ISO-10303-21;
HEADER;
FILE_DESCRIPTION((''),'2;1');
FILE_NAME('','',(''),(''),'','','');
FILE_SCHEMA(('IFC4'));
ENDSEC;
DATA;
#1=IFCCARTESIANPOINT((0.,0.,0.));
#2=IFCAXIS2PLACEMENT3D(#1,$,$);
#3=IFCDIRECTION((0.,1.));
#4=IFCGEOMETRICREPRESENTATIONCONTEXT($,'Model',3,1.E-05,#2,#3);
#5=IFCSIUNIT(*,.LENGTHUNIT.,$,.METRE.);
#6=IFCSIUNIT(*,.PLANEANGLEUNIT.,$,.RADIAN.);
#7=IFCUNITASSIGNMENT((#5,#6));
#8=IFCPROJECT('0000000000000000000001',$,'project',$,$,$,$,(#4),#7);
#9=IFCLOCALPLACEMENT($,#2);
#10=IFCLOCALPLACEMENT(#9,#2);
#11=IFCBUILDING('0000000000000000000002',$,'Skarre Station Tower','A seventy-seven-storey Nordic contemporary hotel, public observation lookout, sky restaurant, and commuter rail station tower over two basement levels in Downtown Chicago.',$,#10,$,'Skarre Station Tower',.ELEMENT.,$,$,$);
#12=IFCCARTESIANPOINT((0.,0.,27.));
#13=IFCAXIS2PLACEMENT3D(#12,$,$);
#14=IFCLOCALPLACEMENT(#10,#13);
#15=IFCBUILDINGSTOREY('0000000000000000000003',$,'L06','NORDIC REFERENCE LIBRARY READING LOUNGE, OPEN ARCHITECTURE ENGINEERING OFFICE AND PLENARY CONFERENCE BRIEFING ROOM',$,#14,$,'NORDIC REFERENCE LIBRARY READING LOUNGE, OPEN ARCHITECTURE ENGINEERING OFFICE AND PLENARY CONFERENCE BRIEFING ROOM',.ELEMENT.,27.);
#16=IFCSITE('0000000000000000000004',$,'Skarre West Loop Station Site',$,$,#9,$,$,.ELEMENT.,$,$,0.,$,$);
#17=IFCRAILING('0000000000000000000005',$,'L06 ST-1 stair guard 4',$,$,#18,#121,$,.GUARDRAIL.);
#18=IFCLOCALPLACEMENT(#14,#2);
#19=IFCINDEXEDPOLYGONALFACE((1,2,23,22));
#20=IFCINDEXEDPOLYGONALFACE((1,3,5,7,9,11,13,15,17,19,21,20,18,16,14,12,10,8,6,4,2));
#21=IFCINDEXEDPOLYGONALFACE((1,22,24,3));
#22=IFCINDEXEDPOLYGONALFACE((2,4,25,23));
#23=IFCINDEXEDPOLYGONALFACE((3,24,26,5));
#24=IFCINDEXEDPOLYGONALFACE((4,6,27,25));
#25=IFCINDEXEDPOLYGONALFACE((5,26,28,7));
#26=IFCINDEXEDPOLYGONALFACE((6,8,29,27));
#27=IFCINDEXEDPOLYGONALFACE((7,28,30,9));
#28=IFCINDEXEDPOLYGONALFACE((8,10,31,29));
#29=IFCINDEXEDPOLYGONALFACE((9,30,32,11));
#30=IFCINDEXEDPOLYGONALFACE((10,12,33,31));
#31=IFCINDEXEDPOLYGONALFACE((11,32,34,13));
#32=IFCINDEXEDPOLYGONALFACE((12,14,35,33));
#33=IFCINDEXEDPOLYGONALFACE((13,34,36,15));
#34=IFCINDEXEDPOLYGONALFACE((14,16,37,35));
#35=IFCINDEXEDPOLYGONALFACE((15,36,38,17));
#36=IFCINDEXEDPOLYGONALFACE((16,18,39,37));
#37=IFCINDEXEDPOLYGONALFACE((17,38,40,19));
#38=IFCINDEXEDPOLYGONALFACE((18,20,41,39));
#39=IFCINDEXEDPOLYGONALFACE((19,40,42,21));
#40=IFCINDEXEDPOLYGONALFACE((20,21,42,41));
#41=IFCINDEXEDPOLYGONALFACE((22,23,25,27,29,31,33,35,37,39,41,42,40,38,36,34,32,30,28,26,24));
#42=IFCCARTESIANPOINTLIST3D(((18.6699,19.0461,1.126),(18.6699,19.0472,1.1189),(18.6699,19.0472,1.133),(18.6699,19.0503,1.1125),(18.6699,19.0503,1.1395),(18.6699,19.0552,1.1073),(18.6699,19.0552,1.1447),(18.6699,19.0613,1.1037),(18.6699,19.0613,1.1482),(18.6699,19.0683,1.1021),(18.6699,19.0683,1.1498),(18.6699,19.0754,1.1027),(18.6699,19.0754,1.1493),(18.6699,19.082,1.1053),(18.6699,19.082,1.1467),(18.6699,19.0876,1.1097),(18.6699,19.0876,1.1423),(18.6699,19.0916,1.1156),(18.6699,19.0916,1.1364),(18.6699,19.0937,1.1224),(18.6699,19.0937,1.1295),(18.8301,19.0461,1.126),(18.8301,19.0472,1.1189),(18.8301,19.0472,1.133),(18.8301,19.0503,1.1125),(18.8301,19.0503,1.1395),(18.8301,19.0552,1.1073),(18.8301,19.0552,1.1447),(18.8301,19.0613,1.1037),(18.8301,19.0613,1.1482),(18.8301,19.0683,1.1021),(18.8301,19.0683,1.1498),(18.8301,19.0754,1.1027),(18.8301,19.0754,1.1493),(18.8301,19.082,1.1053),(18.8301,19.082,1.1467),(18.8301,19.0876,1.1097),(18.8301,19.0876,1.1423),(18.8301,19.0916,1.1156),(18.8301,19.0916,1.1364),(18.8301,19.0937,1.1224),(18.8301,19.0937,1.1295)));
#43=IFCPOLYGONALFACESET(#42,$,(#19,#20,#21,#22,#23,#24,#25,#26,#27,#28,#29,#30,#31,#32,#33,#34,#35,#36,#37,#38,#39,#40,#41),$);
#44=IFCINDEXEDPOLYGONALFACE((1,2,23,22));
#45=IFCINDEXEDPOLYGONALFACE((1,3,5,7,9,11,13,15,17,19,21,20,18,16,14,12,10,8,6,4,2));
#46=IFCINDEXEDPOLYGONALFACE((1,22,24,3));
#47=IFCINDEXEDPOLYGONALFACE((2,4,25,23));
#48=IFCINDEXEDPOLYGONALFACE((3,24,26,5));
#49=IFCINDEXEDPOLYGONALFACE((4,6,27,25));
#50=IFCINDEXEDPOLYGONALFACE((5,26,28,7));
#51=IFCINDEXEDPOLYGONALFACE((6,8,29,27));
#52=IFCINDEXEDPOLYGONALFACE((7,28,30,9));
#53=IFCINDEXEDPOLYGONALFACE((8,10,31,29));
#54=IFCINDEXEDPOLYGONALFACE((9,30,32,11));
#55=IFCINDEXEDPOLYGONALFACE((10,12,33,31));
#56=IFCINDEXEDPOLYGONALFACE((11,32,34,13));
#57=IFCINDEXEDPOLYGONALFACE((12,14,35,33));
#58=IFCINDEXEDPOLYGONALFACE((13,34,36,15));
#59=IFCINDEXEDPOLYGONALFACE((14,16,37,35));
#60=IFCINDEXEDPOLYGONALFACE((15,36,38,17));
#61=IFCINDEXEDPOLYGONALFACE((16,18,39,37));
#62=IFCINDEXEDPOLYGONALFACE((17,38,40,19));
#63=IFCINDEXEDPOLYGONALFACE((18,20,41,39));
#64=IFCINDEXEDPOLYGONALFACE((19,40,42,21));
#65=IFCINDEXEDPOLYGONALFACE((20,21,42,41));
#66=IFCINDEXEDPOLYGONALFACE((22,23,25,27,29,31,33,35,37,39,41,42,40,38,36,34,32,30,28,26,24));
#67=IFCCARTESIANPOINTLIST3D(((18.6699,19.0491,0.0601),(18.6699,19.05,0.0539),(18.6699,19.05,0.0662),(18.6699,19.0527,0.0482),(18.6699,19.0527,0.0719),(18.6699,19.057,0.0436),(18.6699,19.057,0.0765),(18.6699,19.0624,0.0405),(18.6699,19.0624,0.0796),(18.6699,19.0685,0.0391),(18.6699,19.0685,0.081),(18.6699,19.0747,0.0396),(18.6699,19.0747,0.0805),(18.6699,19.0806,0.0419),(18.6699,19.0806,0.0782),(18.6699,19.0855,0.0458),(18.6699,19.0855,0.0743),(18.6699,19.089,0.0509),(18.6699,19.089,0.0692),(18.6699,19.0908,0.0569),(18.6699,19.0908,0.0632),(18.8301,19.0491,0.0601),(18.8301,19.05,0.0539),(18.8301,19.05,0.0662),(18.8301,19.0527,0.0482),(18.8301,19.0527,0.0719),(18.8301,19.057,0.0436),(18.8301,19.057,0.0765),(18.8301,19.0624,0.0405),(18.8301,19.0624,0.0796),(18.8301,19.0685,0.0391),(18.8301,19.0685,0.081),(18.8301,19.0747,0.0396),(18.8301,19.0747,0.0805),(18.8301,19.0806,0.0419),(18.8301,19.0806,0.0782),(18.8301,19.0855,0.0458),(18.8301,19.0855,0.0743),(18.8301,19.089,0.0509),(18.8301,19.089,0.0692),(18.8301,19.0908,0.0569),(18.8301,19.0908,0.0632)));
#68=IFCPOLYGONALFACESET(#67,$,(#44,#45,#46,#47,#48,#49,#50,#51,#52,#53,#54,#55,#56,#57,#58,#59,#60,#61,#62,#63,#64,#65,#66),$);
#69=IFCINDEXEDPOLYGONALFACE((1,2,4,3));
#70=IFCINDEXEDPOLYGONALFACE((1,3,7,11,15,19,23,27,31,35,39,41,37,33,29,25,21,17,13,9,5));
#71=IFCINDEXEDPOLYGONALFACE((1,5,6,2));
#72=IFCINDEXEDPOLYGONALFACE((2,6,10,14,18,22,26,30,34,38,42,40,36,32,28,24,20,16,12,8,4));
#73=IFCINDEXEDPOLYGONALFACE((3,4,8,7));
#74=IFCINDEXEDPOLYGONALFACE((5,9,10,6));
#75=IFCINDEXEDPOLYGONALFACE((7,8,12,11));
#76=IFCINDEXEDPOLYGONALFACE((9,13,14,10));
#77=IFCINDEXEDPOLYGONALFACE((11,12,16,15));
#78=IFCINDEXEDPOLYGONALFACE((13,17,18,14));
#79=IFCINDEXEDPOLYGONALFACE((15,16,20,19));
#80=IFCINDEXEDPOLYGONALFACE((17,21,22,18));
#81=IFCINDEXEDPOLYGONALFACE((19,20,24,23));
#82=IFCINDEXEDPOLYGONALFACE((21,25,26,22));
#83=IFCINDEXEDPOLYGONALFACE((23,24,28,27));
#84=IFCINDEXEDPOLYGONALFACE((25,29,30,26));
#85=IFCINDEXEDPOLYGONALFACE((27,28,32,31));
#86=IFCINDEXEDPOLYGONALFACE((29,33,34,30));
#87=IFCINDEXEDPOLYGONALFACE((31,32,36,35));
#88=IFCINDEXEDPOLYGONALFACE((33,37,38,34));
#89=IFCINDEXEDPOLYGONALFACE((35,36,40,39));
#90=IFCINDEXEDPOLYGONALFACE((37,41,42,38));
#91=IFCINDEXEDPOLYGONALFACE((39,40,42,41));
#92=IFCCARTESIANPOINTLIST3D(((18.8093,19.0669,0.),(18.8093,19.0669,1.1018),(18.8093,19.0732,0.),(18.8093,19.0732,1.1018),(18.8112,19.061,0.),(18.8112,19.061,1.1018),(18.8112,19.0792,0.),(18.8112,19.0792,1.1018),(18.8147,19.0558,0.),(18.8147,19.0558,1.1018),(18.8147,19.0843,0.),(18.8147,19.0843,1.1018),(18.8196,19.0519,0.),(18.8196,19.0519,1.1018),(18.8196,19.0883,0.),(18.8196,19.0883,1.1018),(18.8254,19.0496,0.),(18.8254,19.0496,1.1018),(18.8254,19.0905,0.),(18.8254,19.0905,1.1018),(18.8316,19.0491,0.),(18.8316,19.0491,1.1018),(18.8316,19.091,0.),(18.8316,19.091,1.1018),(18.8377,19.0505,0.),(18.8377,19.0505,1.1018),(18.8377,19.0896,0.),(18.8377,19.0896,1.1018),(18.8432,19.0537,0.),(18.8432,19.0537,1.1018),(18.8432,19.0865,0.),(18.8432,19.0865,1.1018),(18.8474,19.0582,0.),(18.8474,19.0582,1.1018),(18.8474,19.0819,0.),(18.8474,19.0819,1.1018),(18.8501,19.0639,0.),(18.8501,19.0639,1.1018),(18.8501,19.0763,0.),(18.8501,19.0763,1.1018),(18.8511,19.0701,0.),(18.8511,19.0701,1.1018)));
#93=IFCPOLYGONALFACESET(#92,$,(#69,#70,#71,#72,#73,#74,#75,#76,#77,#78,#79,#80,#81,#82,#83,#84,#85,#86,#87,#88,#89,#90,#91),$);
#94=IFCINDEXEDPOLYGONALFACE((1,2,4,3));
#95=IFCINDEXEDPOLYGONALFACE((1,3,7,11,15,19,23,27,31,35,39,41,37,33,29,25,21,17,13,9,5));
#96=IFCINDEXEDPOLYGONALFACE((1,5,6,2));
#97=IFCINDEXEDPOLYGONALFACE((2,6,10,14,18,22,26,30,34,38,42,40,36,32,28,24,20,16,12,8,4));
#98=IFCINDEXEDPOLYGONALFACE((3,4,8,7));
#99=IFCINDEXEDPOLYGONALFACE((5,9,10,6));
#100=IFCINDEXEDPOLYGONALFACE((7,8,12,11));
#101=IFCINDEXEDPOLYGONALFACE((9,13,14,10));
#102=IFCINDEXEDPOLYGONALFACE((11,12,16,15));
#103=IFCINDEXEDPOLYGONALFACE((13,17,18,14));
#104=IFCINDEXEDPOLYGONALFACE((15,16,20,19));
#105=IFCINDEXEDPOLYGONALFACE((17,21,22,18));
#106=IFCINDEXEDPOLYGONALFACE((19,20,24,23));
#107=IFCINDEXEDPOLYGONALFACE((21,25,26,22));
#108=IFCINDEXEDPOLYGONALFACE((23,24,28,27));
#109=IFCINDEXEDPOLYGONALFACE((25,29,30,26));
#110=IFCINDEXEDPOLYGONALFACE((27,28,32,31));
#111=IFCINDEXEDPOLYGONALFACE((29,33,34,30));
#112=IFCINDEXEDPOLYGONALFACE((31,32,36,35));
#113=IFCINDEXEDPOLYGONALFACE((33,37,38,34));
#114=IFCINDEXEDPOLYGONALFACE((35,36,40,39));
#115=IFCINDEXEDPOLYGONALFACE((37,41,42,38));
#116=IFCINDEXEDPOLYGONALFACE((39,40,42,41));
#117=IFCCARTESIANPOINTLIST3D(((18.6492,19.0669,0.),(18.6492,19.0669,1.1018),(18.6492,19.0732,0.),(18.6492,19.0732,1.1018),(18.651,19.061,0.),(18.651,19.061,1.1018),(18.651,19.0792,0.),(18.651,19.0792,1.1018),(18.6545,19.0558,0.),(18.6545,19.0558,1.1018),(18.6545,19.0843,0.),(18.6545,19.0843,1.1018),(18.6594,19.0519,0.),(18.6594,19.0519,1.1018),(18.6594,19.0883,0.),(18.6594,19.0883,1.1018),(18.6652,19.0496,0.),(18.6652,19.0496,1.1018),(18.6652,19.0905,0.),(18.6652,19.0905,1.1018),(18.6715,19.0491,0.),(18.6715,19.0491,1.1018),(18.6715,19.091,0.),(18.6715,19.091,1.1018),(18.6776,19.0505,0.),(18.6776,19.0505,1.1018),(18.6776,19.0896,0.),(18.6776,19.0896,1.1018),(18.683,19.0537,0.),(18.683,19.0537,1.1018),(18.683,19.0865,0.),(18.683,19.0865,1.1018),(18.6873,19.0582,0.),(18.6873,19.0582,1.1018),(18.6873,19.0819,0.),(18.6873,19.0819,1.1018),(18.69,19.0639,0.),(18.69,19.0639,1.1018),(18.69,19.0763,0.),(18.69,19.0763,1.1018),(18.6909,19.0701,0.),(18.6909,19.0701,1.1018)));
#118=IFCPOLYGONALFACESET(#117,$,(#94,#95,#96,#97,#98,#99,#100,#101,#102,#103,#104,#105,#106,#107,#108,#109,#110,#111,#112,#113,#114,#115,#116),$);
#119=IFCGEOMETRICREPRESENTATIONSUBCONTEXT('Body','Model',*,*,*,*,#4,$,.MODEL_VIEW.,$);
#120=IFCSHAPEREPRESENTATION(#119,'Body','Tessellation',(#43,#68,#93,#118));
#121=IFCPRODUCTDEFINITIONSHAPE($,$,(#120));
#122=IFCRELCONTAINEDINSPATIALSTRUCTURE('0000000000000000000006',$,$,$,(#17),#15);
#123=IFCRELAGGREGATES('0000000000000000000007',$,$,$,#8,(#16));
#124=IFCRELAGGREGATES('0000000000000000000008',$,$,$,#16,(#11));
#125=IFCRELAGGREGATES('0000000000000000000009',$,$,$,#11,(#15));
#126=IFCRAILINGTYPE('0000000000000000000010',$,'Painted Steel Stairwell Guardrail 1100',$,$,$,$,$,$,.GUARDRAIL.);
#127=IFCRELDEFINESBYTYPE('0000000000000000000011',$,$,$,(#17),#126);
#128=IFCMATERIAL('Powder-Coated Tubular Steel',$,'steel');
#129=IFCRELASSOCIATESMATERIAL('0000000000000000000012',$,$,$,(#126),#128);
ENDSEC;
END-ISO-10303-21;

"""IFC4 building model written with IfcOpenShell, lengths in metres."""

from ifc_helpers import new_model, si_unit, direction, frame, origin, origin_2d, place, context, subcontext, project, spatial, circle, extrude, material, type_object, element, save


model = new_model("IFC4")

# Units and contexts
model_context = context("Model", 3, precision=1e-05, world=origin(), true_north=direction((0.0, 1.0)))
body_context = subcontext(model_context, "Body", "Model", "MODEL_VIEW")
ifc_project = project(units=[si_unit("LENGTHUNIT", "METRE"), si_unit("PLANEANGLEUNIT", "RADIAN")], contexts=[model_context])

# Site, building, storey
site_placement = place(None, origin())
site = spatial("IfcSite", under=ifc_project, at=site_placement, Name="Skarre West Loop Station Site", CompositionType="ELEMENT", RefElevation=0.0)
building_placement = place(site_placement, origin())
building = spatial("IfcBuilding", under=site, at=building_placement, Name="Skarre Station Tower", Description="A seventy-seven-storey Nordic contemporary hotel, public observation lookout, sky restaurant, and commuter rail station tower over two basement levels in Downtown Chicago.", LongName="Skarre Station Tower", CompositionType="ELEMENT")
storey_placement = place(building_placement, frame((0.0, 0.0, 27.0)))
storey = spatial("IfcBuildingStorey", under=building, at=storey_placement, Name="L06", Description="NORDIC REFERENCE LIBRARY READING LOUNGE, OPEN ARCHITECTURE ENGINEERING OFFICE AND PLENARY CONFERENCE BRIEFING ROOM", LongName="NORDIC REFERENCE LIBRARY READING LOUNGE, OPEN ARCHITECTURE ENGINEERING OFFICE AND PLENARY CONFERENCE BRIEFING ROOM", CompositionType="ELEMENT", Elevation=27.0)

# Railing
ifc_material_1 = material(Name="Powder-Coated Tubular Steel", Category="steel")
railing_type = type_object("IfcRailingType", Name="Painted Steel Stairwell Guardrail 1100", PredefinedType="GUARDRAIL", material=ifc_material_1)
railing_1_placement = place(storey_placement, frame((18.8301, 19.0701, 0.0)))
element("IfcRailing", 1, at=railing_1_placement, inside=storey, type_object=railing_type, Name="L06 ST-1 stair guard 4", PredefinedType="GUARDRAIL", context=body_context, shape_type="SweptSolid", body=[
    extrude(circle(Radius=0.0239, at=origin_2d()), frame((0.0, 0.0, 1.126), z_axis=(-1.0, 0.0, 0.0), x_axis=(0.0, -1.0, 0.0)), (0.0, 0.0, 1.0), 0.1602),
    extrude(circle(Radius=0.021, at=origin_2d()), frame((0.0, 0.0, 0.0601), z_axis=(-1.0, 0.0, 0.0), x_axis=(0.0, -1.0, 0.0)), (0.0, 0.0, 1.0), 0.1602),
    extrude(circle(Radius=0.021, at=origin_2d()), origin(), (0.0, 0.0, 1.0), 1.1018),
    extrude(circle(Radius=0.021, at=origin_2d()), frame((-0.1602, 0.0, 0.0)), (0.0, 0.0, 1.0), 1.1018),
])

save(model, "model.ifc")
